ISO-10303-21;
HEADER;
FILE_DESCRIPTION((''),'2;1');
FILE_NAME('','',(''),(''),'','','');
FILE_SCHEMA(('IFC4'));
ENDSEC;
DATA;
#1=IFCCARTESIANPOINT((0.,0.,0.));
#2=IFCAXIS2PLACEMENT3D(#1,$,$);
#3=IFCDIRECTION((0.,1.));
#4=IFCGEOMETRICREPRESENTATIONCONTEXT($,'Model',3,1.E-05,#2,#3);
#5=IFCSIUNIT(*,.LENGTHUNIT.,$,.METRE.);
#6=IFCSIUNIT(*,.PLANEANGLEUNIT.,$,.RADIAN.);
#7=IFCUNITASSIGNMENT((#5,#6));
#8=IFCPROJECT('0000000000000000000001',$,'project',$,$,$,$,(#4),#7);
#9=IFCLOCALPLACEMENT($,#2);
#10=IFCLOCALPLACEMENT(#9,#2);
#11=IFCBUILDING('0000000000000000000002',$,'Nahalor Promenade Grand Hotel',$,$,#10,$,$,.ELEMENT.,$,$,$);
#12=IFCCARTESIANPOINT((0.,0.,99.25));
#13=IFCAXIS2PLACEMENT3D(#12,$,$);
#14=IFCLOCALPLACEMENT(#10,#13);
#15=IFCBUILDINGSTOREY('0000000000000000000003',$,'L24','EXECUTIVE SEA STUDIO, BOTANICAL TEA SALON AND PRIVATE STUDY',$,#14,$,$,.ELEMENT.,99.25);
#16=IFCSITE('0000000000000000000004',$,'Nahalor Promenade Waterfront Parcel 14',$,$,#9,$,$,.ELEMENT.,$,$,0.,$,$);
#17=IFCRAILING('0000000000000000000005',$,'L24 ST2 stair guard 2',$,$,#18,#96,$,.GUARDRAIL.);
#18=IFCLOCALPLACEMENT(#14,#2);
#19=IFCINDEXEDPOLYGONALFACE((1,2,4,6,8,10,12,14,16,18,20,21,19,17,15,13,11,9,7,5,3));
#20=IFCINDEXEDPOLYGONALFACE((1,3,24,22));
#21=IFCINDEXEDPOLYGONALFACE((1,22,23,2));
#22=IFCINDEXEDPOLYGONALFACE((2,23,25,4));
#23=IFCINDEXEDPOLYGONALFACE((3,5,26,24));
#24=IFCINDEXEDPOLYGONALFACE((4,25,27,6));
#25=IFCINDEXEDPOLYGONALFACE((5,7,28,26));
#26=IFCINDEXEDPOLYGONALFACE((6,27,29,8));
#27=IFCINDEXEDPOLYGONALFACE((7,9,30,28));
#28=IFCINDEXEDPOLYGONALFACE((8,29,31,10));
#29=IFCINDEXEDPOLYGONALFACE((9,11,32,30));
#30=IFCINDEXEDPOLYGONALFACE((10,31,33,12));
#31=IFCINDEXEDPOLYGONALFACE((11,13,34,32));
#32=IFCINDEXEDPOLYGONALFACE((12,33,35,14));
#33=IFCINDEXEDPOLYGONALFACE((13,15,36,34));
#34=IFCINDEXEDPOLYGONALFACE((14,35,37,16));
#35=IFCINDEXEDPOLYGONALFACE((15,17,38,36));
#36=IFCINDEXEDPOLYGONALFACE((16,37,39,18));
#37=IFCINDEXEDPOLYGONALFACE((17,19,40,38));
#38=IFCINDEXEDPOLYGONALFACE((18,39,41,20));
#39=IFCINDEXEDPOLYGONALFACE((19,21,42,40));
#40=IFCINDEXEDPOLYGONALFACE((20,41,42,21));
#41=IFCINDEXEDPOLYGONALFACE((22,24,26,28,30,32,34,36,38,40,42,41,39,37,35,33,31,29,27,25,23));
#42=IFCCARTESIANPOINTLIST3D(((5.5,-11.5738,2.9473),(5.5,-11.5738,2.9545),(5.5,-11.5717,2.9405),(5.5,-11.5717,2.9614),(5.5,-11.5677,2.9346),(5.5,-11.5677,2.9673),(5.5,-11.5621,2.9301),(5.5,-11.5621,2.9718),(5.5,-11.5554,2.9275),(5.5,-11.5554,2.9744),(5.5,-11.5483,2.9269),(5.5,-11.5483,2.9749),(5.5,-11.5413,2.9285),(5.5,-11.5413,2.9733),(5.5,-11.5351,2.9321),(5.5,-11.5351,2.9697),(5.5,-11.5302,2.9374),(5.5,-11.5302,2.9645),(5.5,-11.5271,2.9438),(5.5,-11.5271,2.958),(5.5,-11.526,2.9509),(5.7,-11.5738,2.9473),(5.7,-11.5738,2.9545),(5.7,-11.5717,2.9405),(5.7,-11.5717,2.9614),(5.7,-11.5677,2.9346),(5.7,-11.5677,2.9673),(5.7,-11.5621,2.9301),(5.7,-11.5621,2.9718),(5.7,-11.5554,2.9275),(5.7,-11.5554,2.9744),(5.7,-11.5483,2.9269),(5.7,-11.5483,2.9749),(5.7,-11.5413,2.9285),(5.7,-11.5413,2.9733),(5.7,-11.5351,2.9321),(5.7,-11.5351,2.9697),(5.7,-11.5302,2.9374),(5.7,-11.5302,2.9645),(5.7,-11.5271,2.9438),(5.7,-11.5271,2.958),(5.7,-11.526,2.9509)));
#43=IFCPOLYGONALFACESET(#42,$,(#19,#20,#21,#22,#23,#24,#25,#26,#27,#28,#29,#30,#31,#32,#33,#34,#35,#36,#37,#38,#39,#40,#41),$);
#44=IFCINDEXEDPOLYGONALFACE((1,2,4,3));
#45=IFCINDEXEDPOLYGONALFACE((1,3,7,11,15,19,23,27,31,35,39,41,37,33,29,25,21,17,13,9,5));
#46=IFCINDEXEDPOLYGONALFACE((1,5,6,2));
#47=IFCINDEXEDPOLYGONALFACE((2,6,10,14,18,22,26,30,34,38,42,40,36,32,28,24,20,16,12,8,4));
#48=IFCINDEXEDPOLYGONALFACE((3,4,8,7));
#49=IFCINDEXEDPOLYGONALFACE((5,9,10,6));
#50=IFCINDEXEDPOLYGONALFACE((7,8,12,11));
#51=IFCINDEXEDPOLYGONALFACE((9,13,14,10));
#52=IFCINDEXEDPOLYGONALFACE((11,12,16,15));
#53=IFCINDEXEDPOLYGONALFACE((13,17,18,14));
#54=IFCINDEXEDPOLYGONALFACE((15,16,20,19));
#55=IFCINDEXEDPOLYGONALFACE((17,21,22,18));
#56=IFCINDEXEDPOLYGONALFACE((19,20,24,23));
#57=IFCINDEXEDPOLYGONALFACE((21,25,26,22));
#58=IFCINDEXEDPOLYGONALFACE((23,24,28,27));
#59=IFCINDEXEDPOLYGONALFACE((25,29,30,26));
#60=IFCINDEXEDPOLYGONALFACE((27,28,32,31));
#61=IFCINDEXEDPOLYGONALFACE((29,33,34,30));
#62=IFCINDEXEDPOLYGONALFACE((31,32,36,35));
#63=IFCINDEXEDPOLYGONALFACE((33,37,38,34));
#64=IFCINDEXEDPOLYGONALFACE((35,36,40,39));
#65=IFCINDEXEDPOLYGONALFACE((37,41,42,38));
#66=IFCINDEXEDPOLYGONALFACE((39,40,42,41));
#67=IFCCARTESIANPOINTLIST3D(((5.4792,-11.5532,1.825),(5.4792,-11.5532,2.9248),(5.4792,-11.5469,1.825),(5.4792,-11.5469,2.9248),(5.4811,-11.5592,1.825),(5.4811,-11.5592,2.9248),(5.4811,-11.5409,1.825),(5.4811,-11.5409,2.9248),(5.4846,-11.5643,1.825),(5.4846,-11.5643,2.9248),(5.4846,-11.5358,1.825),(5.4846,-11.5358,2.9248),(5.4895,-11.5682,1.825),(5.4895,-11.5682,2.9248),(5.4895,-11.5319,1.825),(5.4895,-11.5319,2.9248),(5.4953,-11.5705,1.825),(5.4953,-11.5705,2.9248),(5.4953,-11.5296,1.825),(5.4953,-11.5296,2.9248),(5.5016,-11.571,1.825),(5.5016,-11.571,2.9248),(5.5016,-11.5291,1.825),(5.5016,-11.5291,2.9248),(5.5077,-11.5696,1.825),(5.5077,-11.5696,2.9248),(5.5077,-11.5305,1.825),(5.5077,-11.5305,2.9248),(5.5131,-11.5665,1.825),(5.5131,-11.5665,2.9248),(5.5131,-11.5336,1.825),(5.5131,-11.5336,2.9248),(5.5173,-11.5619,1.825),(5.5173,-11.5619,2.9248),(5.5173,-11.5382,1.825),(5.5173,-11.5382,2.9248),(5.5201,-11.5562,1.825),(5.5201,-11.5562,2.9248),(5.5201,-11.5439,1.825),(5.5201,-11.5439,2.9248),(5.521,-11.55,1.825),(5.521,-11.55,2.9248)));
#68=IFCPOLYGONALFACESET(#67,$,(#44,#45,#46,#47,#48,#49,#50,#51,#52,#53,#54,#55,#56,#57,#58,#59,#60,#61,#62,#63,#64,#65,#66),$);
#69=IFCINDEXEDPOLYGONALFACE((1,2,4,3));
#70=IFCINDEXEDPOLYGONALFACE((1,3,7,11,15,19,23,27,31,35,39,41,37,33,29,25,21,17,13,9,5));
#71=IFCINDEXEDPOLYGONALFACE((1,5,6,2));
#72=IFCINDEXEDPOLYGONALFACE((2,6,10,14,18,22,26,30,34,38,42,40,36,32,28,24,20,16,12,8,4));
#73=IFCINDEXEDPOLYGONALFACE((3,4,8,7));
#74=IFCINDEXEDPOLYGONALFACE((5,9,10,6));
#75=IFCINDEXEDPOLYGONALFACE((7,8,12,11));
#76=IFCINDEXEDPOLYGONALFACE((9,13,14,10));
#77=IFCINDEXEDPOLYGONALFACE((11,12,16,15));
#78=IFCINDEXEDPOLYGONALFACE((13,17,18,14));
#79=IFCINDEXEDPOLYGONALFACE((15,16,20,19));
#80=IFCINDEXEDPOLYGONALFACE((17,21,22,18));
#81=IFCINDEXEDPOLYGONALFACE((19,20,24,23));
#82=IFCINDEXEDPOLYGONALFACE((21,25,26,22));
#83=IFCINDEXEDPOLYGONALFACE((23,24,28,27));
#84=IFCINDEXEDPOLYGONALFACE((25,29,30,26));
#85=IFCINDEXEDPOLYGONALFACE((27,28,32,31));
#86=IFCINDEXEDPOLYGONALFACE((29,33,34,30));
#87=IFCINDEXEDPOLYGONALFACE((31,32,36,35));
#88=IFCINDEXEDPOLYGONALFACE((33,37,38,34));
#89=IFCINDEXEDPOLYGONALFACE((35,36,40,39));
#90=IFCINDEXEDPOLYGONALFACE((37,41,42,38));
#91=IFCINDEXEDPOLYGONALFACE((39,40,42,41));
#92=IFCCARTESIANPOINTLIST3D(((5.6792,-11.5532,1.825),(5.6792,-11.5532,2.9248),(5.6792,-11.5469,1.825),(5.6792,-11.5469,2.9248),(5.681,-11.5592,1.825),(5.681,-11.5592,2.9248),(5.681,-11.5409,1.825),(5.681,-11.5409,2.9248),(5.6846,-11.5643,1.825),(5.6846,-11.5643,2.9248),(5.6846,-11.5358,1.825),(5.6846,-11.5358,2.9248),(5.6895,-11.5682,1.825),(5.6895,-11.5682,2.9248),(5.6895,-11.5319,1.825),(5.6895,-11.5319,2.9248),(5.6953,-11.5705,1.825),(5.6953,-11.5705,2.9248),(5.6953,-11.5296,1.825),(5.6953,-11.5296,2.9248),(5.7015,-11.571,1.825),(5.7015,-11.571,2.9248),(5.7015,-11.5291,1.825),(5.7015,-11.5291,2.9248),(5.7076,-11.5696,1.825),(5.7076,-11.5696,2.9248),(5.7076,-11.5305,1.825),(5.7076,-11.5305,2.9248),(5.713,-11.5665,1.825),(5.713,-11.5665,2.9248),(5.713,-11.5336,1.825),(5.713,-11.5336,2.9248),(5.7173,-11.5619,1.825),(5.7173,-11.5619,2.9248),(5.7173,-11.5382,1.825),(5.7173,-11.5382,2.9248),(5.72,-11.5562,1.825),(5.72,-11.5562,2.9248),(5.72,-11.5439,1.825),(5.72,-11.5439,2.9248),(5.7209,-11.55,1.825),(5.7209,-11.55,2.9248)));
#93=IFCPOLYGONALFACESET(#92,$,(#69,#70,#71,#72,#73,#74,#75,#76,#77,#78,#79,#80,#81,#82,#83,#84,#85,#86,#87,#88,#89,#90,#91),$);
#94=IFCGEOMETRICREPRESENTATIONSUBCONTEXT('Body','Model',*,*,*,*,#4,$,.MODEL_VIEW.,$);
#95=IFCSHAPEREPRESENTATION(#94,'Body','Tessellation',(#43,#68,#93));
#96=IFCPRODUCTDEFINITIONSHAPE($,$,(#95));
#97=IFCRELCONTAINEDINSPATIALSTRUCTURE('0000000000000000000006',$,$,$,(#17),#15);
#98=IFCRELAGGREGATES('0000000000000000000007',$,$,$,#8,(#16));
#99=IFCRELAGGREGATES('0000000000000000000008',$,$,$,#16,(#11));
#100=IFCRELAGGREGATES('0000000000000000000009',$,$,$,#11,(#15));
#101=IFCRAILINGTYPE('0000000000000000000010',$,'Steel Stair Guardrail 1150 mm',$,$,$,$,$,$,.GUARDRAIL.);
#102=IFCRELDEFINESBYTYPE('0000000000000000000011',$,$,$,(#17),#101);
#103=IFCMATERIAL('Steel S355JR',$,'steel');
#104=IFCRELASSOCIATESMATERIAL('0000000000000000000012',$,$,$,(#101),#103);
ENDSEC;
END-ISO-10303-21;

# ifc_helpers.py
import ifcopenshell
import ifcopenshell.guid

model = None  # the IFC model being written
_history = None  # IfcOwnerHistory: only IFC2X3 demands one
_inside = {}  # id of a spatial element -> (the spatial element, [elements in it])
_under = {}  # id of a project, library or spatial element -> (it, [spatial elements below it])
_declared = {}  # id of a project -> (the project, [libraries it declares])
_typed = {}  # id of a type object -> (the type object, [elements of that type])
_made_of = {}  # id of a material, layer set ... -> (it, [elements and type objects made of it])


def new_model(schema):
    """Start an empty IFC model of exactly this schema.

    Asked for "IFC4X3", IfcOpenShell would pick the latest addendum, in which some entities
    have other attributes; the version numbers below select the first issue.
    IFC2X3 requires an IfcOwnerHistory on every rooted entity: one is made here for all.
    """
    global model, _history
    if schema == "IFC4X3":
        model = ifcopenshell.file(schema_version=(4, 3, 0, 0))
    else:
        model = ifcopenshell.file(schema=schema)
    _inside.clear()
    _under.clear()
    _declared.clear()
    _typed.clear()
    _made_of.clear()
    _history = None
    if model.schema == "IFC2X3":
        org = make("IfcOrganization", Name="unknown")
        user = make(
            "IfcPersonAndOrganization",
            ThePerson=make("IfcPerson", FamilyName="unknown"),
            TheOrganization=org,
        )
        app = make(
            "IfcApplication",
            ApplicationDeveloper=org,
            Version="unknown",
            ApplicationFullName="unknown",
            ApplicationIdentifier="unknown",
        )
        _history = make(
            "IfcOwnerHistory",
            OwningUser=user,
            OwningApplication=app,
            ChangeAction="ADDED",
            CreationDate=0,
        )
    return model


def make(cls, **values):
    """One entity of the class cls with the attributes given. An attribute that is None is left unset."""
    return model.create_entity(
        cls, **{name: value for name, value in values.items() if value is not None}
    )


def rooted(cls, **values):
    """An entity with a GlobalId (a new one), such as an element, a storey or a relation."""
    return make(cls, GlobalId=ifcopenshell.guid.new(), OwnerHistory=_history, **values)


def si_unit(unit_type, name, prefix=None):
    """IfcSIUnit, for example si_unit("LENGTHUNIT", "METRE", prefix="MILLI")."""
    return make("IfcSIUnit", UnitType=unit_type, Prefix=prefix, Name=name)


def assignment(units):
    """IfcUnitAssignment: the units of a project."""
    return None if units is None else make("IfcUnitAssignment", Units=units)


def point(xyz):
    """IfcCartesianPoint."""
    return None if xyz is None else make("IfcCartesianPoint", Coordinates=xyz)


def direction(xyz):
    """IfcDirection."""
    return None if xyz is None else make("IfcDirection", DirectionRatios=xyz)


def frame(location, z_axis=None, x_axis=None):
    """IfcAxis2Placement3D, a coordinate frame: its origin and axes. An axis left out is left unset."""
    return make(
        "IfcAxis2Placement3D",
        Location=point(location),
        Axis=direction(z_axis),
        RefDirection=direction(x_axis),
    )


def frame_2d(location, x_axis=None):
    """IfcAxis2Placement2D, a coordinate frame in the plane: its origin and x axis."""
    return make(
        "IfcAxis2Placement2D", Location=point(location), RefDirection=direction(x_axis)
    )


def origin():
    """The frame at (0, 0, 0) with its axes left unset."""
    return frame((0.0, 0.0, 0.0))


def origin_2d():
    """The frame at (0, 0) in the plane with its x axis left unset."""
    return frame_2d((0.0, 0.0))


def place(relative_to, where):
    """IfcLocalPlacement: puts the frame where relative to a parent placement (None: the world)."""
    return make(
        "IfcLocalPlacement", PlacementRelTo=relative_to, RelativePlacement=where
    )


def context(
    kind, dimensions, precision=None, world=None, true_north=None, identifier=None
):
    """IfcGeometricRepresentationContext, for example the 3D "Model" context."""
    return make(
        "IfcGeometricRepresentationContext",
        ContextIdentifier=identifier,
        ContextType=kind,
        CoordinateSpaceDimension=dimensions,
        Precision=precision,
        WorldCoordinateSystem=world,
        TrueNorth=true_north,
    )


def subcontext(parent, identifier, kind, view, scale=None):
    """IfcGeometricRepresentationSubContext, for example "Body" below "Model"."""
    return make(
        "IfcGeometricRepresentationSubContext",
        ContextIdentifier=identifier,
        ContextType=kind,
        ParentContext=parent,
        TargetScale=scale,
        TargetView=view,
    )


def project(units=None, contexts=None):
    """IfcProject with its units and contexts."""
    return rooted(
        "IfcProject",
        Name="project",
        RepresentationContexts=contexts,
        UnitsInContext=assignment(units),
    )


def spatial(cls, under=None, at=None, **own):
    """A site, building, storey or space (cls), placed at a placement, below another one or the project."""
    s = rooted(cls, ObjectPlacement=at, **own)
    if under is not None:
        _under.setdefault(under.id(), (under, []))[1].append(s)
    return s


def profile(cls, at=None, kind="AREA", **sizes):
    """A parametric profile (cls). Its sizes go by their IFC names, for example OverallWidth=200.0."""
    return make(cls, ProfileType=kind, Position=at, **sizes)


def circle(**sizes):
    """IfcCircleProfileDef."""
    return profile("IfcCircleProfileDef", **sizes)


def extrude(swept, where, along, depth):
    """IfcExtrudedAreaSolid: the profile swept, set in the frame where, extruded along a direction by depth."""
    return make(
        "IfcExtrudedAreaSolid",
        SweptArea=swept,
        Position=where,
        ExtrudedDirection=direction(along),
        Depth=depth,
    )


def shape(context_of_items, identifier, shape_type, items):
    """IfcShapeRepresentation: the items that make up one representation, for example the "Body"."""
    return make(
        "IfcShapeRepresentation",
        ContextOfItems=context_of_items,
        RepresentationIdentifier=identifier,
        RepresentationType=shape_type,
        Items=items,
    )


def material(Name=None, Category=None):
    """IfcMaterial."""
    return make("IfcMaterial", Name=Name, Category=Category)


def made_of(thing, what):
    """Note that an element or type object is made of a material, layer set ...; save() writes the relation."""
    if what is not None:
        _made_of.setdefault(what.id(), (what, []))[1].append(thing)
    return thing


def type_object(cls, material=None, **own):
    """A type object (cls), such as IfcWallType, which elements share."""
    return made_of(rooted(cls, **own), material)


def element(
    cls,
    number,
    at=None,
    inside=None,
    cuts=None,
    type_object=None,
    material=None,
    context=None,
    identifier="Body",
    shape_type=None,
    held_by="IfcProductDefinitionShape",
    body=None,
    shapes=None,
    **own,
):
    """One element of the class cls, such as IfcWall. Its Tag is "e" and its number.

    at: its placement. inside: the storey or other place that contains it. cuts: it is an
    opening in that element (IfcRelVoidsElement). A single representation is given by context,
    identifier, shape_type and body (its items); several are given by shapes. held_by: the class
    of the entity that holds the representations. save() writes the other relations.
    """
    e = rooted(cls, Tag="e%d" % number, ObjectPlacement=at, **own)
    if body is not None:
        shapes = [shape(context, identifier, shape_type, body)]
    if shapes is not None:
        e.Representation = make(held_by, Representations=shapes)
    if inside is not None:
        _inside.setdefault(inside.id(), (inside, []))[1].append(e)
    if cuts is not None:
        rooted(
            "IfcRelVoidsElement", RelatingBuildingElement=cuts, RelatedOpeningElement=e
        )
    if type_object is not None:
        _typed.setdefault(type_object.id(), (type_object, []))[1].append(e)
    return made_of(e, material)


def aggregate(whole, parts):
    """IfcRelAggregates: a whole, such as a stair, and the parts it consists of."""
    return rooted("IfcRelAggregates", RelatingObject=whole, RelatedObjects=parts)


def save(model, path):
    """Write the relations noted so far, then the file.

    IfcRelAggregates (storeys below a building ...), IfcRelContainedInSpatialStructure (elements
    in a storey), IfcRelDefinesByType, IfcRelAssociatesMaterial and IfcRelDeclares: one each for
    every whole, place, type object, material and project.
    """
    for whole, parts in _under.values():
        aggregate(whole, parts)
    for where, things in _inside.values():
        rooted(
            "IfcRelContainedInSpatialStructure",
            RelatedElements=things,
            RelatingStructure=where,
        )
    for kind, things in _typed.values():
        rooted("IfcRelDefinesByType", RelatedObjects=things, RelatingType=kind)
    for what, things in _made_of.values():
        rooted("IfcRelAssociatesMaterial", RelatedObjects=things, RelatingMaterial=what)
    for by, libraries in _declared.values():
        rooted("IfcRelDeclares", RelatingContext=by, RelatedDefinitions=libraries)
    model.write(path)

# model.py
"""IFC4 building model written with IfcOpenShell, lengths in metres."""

from ifc_helpers import new_model, si_unit, direction, frame, origin, origin_2d, place, context, subcontext, project, spatial, circle, extrude, material, type_object, element, save


model = new_model("IFC4")

# Units and contexts
model_context = context("Model", 3, precision=1e-05, world=origin(), true_north=direction((0.0, 1.0)))
body_context = subcontext(model_context, "Body", "Model", "MODEL_VIEW")
ifc_project = project(units=[si_unit("LENGTHUNIT", "METRE"), si_unit("PLANEANGLEUNIT", "RADIAN")], contexts=[model_context])

# Site, building, storey
site_placement = place(None, origin())
site = spatial("IfcSite", under=ifc_project, at=site_placement, Name="Nahalor Promenade Waterfront Parcel 14", CompositionType="ELEMENT", RefElevation=0.0)
building_placement = place(site_placement, origin())
building = spatial("IfcBuilding", under=site, at=building_placement, Name="Nahalor Promenade Grand Hotel", CompositionType="ELEMENT")
storey_placement = place(building_placement, frame((0.0, 0.0, 99.25)))
storey = spatial("IfcBuildingStorey", under=building, at=storey_placement, Name="L24", Description="EXECUTIVE SEA STUDIO, BOTANICAL TEA SALON AND PRIVATE STUDY", CompositionType="ELEMENT", Elevation=99.25)

# Shared definitions
ifc_material_1 = material(Name="Steel S355JR", Category="steel")

# Railing
railing_type_1 = type_object("IfcRailingType", Name="Steel Stair Guardrail 1150 mm", PredefinedType="GUARDRAIL", material=ifc_material_1)
railing_1_placement = place(storey_placement, frame((5.5, -11.55, 1.825)))
element("IfcRailing", 1, at=railing_1_placement, inside=storey, type_object=railing_type_1, Name="L24 ST2 stair guard 2", PredefinedType="GUARDRAIL", context=body_context, shape_type="SweptSolid", body=[
    extrude(circle(Radius=0.024, at=origin_2d()), frame((0.0, 0.0, 1.126), z_axis=(1.0, 0.0, 0.0), x_axis=(0.0, 1.0, 0.0)), (0.0, 0.0, 1.0), 0.2),
    extrude(circle(Radius=0.021, at=origin_2d()), origin(), (0.0, 0.0, 1.0), 1.0999),
    extrude(circle(Radius=0.021, at=origin_2d()), frame((0.2, 0.0, 0.0)), (0.0, 0.0, 1.0), 1.0999),
])

save(model, "model.ifc")
